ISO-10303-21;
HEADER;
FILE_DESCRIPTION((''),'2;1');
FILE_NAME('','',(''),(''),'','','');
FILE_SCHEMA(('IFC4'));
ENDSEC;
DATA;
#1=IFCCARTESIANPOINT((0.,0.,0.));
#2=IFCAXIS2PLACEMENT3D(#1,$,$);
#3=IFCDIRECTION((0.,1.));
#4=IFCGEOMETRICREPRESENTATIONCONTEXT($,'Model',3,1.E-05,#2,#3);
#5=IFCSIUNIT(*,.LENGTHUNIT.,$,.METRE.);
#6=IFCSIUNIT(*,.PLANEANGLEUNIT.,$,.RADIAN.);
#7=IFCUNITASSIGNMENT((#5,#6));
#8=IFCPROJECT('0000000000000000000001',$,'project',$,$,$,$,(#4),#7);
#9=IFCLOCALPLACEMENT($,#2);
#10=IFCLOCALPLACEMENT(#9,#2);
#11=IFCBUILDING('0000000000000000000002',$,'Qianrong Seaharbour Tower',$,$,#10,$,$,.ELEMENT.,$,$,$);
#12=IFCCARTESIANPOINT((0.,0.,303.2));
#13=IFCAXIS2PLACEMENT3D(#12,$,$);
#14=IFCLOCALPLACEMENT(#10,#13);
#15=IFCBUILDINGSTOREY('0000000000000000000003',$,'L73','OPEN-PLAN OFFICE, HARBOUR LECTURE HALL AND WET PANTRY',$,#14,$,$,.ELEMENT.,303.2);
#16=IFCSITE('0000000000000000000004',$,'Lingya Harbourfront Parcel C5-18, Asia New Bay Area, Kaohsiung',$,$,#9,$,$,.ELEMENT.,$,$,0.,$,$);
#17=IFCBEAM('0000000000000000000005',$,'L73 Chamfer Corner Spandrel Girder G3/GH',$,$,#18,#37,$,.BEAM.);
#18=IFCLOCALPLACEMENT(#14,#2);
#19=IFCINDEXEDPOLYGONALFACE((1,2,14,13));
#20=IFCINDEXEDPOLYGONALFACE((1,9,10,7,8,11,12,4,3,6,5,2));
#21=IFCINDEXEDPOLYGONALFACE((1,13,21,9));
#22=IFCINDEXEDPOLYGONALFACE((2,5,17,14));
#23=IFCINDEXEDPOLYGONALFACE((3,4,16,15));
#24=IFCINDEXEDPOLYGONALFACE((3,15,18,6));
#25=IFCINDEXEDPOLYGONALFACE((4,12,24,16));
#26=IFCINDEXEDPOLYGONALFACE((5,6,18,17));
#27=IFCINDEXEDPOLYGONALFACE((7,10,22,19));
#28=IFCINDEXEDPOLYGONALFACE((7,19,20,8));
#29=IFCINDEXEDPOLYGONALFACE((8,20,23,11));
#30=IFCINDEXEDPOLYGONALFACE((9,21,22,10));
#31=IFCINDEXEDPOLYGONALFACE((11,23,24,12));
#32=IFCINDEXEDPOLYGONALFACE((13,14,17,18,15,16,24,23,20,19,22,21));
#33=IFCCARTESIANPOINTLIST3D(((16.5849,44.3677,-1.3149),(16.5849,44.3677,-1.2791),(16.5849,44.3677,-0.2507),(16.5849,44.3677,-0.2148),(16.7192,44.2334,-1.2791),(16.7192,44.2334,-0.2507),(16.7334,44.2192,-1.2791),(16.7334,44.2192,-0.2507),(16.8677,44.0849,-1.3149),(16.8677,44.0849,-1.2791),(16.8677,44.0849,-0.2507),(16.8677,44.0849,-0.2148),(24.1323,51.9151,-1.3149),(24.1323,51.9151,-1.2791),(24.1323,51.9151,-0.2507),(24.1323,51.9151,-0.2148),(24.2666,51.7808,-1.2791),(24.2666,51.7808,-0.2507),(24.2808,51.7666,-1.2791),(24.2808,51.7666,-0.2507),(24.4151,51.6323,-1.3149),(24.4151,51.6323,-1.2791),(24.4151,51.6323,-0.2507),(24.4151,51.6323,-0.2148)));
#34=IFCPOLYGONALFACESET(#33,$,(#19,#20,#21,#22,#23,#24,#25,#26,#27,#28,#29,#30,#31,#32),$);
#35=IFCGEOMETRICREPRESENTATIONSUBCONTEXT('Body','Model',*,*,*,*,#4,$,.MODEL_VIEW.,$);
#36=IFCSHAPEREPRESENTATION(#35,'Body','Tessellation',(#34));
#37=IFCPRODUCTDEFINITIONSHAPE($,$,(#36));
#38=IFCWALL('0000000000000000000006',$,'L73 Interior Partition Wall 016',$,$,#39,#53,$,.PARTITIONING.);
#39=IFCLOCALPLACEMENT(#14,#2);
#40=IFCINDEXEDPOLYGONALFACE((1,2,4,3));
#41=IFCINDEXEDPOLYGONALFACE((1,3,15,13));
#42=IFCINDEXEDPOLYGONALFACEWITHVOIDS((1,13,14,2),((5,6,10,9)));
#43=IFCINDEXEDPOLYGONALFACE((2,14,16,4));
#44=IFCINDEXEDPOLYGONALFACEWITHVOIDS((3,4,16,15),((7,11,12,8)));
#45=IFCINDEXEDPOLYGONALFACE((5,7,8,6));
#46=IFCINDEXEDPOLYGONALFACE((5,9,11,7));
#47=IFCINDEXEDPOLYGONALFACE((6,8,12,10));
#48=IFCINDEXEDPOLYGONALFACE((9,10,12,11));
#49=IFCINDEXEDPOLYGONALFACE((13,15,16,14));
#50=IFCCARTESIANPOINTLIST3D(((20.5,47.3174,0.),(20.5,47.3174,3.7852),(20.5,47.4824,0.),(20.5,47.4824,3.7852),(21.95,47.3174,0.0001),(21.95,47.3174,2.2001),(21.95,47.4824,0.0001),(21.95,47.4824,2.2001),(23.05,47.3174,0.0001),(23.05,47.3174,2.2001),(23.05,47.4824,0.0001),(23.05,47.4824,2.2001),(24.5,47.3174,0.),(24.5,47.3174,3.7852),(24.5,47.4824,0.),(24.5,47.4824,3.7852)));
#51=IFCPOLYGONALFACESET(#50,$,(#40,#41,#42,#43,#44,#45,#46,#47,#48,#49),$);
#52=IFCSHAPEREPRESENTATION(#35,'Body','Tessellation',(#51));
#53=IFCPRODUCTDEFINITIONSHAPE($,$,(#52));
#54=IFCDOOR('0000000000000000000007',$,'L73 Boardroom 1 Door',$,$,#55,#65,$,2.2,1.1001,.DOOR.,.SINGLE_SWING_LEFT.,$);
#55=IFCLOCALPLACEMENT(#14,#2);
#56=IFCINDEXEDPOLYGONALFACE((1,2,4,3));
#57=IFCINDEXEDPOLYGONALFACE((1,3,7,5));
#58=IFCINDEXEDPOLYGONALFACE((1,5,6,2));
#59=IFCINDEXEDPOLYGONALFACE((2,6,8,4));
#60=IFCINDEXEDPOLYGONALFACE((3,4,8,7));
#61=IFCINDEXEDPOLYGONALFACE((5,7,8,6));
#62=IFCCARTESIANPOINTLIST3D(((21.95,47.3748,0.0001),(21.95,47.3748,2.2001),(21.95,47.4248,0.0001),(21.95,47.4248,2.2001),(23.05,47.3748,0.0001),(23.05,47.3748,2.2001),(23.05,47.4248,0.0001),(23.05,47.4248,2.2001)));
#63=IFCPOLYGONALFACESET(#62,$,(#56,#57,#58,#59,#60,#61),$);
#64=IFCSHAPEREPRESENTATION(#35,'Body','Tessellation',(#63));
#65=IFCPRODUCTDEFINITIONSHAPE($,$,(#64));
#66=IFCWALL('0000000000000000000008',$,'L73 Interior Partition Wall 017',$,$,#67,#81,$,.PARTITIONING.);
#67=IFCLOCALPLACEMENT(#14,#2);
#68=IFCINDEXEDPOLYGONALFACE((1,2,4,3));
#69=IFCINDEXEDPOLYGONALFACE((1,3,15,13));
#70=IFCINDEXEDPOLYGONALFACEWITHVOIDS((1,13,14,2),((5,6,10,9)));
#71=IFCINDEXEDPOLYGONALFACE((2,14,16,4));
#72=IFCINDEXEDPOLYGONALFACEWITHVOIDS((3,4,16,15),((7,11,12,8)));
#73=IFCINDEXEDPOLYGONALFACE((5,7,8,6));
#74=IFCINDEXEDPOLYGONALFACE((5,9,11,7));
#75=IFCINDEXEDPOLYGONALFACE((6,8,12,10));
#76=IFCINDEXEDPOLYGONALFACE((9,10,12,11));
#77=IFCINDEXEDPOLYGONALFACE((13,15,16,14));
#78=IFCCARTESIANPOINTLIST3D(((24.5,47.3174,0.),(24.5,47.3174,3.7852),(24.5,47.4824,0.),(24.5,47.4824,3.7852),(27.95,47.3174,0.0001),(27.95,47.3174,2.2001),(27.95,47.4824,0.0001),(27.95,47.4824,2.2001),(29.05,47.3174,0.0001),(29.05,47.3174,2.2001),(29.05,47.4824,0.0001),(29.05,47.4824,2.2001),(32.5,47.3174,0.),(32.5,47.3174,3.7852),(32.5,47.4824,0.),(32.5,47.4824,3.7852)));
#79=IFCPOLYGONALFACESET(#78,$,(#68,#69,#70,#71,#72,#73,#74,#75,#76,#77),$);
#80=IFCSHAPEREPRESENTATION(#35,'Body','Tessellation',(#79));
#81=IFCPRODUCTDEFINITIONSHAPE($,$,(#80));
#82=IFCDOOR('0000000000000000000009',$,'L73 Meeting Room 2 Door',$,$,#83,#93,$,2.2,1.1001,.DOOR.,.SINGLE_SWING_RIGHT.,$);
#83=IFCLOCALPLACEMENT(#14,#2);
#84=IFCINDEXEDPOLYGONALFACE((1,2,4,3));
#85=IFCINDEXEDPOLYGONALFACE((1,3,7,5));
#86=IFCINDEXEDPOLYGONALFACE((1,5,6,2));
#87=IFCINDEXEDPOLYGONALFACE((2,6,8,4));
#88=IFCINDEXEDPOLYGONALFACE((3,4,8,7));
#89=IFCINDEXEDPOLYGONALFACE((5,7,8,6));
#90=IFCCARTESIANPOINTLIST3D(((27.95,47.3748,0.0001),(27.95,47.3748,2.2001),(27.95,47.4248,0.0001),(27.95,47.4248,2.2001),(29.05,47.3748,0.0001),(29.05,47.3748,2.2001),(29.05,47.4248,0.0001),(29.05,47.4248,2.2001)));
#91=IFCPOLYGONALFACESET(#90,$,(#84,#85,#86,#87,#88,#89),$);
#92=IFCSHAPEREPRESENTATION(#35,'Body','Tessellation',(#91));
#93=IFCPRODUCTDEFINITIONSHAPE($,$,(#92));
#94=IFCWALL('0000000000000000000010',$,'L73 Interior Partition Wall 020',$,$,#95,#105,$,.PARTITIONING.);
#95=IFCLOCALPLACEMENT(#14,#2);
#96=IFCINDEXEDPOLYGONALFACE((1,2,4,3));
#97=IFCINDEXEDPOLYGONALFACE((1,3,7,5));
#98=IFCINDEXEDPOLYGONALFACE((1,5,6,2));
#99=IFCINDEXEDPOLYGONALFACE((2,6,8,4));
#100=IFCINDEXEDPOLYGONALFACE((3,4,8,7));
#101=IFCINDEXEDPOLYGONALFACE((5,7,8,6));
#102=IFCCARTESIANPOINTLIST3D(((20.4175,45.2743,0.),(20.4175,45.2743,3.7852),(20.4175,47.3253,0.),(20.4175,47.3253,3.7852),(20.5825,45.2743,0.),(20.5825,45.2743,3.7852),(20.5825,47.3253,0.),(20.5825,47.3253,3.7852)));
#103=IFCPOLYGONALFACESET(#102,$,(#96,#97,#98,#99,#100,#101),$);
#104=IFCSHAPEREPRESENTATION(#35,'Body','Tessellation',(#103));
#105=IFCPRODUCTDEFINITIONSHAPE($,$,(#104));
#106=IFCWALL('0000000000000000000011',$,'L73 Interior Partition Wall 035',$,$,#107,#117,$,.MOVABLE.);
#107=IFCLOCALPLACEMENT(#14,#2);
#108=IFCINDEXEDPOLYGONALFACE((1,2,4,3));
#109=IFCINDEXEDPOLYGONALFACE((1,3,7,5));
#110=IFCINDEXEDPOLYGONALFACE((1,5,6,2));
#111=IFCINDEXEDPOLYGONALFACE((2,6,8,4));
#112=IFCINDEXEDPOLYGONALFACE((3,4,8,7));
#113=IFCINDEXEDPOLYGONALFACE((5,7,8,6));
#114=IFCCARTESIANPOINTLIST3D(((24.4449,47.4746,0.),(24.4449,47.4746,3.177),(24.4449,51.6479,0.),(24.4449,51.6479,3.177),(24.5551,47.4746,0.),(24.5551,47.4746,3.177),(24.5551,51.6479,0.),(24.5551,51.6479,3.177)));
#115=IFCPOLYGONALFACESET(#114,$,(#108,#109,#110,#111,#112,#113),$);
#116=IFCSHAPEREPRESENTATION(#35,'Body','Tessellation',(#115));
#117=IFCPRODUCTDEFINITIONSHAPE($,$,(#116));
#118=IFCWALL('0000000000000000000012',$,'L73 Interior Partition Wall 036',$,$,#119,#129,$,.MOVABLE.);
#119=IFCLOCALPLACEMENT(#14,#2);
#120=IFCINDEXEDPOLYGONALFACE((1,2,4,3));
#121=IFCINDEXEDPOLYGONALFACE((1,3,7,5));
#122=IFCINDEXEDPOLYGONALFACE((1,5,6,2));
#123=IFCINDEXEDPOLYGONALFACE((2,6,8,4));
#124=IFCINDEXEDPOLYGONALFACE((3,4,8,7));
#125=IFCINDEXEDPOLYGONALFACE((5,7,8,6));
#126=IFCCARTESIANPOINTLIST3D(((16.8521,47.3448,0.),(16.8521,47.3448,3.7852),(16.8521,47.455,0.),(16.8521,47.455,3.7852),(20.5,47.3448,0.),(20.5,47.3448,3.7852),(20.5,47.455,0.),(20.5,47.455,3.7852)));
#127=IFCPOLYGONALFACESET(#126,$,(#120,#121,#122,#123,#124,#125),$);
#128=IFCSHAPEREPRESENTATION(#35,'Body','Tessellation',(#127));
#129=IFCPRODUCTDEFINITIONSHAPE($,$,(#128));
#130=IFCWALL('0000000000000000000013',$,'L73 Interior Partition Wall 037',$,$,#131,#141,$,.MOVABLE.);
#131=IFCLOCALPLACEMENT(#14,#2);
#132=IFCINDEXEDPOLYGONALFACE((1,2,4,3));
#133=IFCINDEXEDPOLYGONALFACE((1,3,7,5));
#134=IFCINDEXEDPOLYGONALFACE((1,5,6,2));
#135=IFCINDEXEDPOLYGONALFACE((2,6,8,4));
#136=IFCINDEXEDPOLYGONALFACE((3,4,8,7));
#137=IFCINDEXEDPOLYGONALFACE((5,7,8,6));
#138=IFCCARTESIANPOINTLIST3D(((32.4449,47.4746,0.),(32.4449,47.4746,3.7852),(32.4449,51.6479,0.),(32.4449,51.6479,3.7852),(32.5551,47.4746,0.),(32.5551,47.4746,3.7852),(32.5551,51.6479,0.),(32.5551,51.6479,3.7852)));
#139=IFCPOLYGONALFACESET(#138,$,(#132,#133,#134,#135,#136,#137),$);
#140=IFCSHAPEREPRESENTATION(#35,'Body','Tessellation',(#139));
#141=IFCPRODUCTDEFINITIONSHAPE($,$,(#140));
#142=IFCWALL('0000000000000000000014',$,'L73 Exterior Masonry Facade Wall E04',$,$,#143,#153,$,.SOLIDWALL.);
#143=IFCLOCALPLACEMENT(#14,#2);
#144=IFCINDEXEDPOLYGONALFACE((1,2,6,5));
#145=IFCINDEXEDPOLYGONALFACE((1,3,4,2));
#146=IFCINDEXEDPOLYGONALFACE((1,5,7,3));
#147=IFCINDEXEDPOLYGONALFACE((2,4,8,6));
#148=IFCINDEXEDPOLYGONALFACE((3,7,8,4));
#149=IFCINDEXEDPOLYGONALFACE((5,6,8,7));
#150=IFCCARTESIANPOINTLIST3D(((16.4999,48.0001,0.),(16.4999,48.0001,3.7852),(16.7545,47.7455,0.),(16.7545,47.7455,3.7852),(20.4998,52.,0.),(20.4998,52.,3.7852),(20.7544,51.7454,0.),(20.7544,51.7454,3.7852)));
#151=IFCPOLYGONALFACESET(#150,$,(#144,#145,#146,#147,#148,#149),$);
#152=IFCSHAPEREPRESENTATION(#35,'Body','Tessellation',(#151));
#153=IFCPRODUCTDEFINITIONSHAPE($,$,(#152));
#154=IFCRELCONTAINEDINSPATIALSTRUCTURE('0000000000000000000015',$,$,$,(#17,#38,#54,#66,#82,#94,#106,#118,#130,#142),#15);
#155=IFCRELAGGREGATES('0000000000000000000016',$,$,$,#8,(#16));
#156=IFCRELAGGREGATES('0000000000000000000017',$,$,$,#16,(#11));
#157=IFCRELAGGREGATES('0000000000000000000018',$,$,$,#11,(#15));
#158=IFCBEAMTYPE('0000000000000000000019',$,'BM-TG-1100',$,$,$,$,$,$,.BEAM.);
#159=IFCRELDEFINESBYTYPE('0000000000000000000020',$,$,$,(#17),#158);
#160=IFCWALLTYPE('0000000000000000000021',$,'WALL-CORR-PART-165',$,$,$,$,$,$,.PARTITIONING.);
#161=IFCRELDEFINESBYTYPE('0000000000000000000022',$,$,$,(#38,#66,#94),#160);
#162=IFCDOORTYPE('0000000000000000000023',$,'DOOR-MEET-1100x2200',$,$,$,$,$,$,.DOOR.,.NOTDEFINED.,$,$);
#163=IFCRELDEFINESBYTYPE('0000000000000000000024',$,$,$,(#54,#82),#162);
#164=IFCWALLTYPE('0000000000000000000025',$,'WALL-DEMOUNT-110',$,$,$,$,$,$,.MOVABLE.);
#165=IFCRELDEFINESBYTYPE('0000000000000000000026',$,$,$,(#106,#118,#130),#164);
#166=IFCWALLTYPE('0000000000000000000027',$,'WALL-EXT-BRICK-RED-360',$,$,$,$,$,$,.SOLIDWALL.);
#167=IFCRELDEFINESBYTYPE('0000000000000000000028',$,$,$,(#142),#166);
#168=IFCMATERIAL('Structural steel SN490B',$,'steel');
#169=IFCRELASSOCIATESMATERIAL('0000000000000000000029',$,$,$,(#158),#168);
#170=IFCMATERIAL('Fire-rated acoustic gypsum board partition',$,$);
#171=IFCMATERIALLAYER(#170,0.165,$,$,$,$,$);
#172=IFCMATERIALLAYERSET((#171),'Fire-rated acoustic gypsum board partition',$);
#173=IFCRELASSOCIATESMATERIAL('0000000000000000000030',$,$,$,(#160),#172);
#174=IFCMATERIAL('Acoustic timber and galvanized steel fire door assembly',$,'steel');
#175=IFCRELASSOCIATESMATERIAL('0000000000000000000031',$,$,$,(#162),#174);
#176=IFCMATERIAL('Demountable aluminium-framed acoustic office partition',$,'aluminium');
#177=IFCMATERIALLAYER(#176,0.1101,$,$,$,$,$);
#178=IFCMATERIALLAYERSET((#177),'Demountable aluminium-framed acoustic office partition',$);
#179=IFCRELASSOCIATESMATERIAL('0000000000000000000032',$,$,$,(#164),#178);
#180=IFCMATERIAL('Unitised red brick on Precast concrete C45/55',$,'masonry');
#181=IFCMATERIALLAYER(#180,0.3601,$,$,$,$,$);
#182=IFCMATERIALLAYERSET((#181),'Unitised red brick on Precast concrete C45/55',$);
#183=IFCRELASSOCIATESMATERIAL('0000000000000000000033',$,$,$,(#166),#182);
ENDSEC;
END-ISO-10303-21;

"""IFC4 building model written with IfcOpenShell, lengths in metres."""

from ifc_helpers import new_model, si_unit, direction, frame, frame_2d, origin, origin_2d, place, context, subcontext, project, spatial, rectangle, i_section, extrude, material, layer, layer_set, material_profile, profile_set, type_object, element, fill, save


model = new_model("IFC4")

# Units and contexts
model_context = context("Model", 3, precision=1e-05, world=origin(), true_north=direction((0.0, 1.0)))
body_context = subcontext(model_context, "Body", "Model", "MODEL_VIEW")
ifc_project = project(units=[si_unit("LENGTHUNIT", "METRE"), si_unit("PLANEANGLEUNIT", "RADIAN")], contexts=[model_context])

# Site, building, storey
site_placement = place(None, origin())
site = spatial("IfcSite", under=ifc_project, at=site_placement, Name="Lingya Harbourfront Parcel C5-18, Asia New Bay Area, Kaohsiung", CompositionType="ELEMENT", RefElevation=0.0)
building_placement = place(site_placement, origin())
building = spatial("IfcBuilding", under=site, at=building_placement, Name="Qianrong Seaharbour Tower", CompositionType="ELEMENT")
storey_placement = place(building_placement, frame((0.0, 0.0, 303.2)))
storey = spatial("IfcBuildingStorey", under=building, at=storey_placement, Name="L73", Description="OPEN-PLAN OFFICE, HARBOUR LECTURE HALL AND WET PANTRY", CompositionType="ELEMENT", Elevation=303.2)

# Shared definitions
ifc_material_1 = material(Name="Structural steel SN490B", Category="steel")

# Beam
ifc_material_profile_1 = material_profile(ifc_material_1, i_section(OverallWidth=0.3999, OverallDepth=1.1001, WebThickness=0.02, FlangeThickness=0.0359, at=origin_2d()), Name="BH1100x400x20x36")
ifc_profile_set_1 = profile_set([ifc_material_profile_1], Name="Structural steel SN490B")
beam_type_1 = type_object("IfcBeamType", Name="BM-TG-1100", PredefinedType="BEAM", material=ifc_profile_set_1)
beam_1_placement = place(storey_placement, frame((24.2737, 51.7737, -0.7649), z_axis=(-0.707107, -0.707107, 0.0), x_axis=(0.707107, -0.707107, 0.0)))
element("IfcBeam", 1, at=beam_1_placement, inside=storey, type_object=beam_type_1, Name="L73 Chamfer Corner Spandrel Girder G3/GH", PredefinedType="BEAM", context=body_context, shape_type="SweptSolid", body=[
    extrude(i_section(OverallWidth=0.3999, OverallDepth=1.1001, WebThickness=0.02, FlangeThickness=0.0359, at=origin_2d()), origin(), (0.0, 0.0, 1.0), 10.6736),
])

# Walls, openings, doors
ifc_material_2 = material(Name="Fire-rated acoustic gypsum board partition")
ifc_layer_1 = layer(ifc_material_2, 0.165)
ifc_layer_set_1 = layer_set([ifc_layer_1], Name="Fire-rated acoustic gypsum board partition")
wall_type_1 = type_object("IfcWallType", Name="WALL-CORR-PART-165", PredefinedType="PARTITIONING", material=ifc_layer_set_1)
wall_1_placement = place(storey_placement, frame((20.5, 47.3999, 0.0), z_axis=(0.0, 0.0, 1.0), x_axis=(1.0, 0.0, 0.0)))
wall_1 = element("IfcWall", 2, at=wall_1_placement, inside=storey, type_object=wall_type_1, Name="L73 Interior Partition Wall 016", PredefinedType="PARTITIONING", context=body_context, shape_type="SweptSolid", body=[
    extrude(rectangle(XDim=4.0, YDim=0.165, at=frame_2d((2.0, 0.0))), origin(), (0.0, 0.0, 1.0), 3.7852),
])
opening_1_placement = place(wall_1_placement, frame((1.45, 0.0, 0.0)))
opening_1 = element("IfcOpeningElement", 3, at=opening_1_placement, cuts=wall_1, PredefinedType="OPENING", context=body_context, shape_type="SweptSolid", body=[
    extrude(rectangle(XDim=1.1001, YDim=2.2, at=frame_2d((0.55, 1.1001))), frame((0.0, 0.0925, 0.0), z_axis=(0.0, -1.0, 0.0), x_axis=(1.0, 0.0, 0.0)), (0.0, 0.0, 1.0), 0.1851),
])
ifc_material_3 = material(Name="Acoustic timber and galvanized steel fire door assembly", Category="steel")
door_type_1 = type_object("IfcDoorType", Name="DOOR-MEET-1100x2200", OperationType="NOTDEFINED", PredefinedType="DOOR", material=ifc_material_3)
door_1_placement = place(opening_1_placement, origin())
door_1 = element("IfcDoor", 4, at=door_1_placement, inside=storey, type_object=door_type_1, Name="L73 Boardroom 1 Door", OperationType="SINGLE_SWING_LEFT", OverallHeight=2.2, OverallWidth=1.1001, PredefinedType="DOOR", context=body_context, shape_type="SweptSolid", body=[
    extrude(rectangle(XDim=1.1001, YDim=2.2, at=frame_2d((0.55, 1.1001))), frame((0.0, 0.0249, 0.0), z_axis=(0.0, -1.0, 0.0), x_axis=(1.0, 0.0, 0.0)), (0.0, 0.0, 1.0), 0.05),
])
fill(opening_1, door_1)
wall_2_placement = place(storey_placement, frame((24.5, 47.3999, 0.0), z_axis=(0.0, 0.0, 1.0), x_axis=(1.0, 0.0, 0.0)))
wall_2 = element("IfcWall", 5, at=wall_2_placement, inside=storey, type_object=wall_type_1, Name="L73 Interior Partition Wall 017", PredefinedType="PARTITIONING", context=body_context, shape_type="SweptSolid", body=[
    extrude(rectangle(XDim=8.0, YDim=0.165, at=frame_2d((4.0, 0.0))), origin(), (0.0, 0.0, 1.0), 3.7852),
])
opening_2_placement = place(wall_2_placement, frame((3.45, 0.0, 0.0)))
opening_2 = element("IfcOpeningElement", 6, at=opening_2_placement, cuts=wall_2, PredefinedType="OPENING", context=body_context, shape_type="SweptSolid", body=[
    extrude(rectangle(XDim=1.1001, YDim=2.2, at=frame_2d((0.55, 1.1001))), frame((0.0, 0.0925, 0.0), z_axis=(0.0, -1.0, 0.0), x_axis=(1.0, 0.0, 0.0)), (0.0, 0.0, 1.0), 0.1851),
])
door_2_placement = place(opening_2_placement, origin())
door_2 = element("IfcDoor", 7, at=door_2_placement, inside=storey, type_object=door_type_1, Name="L73 Meeting Room 2 Door", OperationType="SINGLE_SWING_RIGHT", OverallHeight=2.2, OverallWidth=1.1001, PredefinedType="DOOR", context=body_context, shape_type="SweptSolid", body=[
    extrude(rectangle(XDim=1.1001, YDim=2.2, at=frame_2d((0.55, 1.1001))), frame((0.0, 0.0249, 0.0), z_axis=(0.0, -1.0, 0.0), x_axis=(1.0, 0.0, 0.0)), (0.0, 0.0, 1.0), 0.05),
])
fill(opening_2, door_2)

# Walls
wall_3_placement = place(storey_placement, frame((20.5, 45.2744, 0.0), z_axis=(0.0, 0.0, 1.0), x_axis=(0.0, 1.0, 0.0)))
element("IfcWall", 8, at=wall_3_placement, inside=storey, type_object=wall_type_1, Name="L73 Interior Partition Wall 020", PredefinedType="PARTITIONING", context=body_context, shape_type="SweptSolid", body=[
    extrude(rectangle(XDim=2.051, YDim=0.165, at=frame_2d((1.0254, 0.0))), origin(), (0.0, 0.0, 1.0), 3.7852),
])
ifc_material_4 = material(Name="Demountable aluminium-framed acoustic office partition", Category="aluminium")
ifc_layer_2 = layer(ifc_material_4, 0.1101)
ifc_layer_set_2 = layer_set([ifc_layer_2], Name="Demountable aluminium-framed acoustic office partition")
wall_type_2 = type_object("IfcWallType", Name="WALL-DEMOUNT-110", PredefinedType="MOVABLE", material=ifc_layer_set_2)
wall_4_placement = place(storey_placement, frame((24.5, 51.6479, 0.0), z_axis=(0.0, 0.0, 1.0), x_axis=(0.0, -1.0, 0.0)))
element("IfcWall", 9, at=wall_4_placement, inside=storey, type_object=wall_type_2, Name="L73 Interior Partition Wall 035", PredefinedType="MOVABLE", context=body_context, shape_type="SweptSolid", body=[
    extrude(rectangle(XDim=4.1733, YDim=0.1101, at=frame_2d((2.0867, 0.0))), origin(), (0.0, 0.0, 1.0), 3.177),
])
wall_5_placement = place(storey_placement, frame((20.5, 47.3999, 0.0), z_axis=(0.0, 0.0, 1.0), x_axis=(-1.0, 0.0, 0.0)))
element("IfcWall", 10, at=wall_5_placement, inside=storey, type_object=wall_type_2, Name="L73 Interior Partition Wall 036", PredefinedType="MOVABLE", context=body_context, shape_type="SweptSolid", body=[
    extrude(rectangle(XDim=3.6479, YDim=0.1101, at=frame_2d((1.824, 0.0))), origin(), (0.0, 0.0, 1.0), 3.7852),
])
wall_6_placement = place(storey_placement, frame((32.5, 51.6479, 0.0), z_axis=(0.0, 0.0, 1.0), x_axis=(0.0, -1.0, 0.0)))
element("IfcWall", 11, at=wall_6_placement, inside=storey, type_object=wall_type_2, Name="L73 Interior Partition Wall 037", PredefinedType="MOVABLE", context=body_context, shape_type="SweptSolid", body=[
    extrude(rectangle(XDim=4.1733, YDim=0.1101, at=frame_2d((2.0867, 0.0))), origin(), (0.0, 0.0, 1.0), 3.7852),
])
ifc_material_5 = material(Name="Unitised red brick on Precast concrete C45/55", Category="masonry")
ifc_layer_3 = layer(ifc_material_5, 0.3601)
ifc_layer_set_3 = layer_set([ifc_layer_3], Name="Unitised red brick on Precast concrete C45/55")
wall_type_3 = type_object("IfcWallType", Name="WALL-EXT-BRICK-RED-360", PredefinedType="SOLIDWALL", material=ifc_layer_set_3)
wall_7_placement = place(storey_placement, frame((16.6272, 47.8728, 0.0), z_axis=(0.0, 0.0, 1.0), x_axis=(0.707107, 0.707107, 0.0)))
element("IfcWall", 12, at=wall_7_placement, inside=storey, type_object=wall_type_3, Name="L73 Exterior Masonry Facade Wall E04", PredefinedType="SOLIDWALL", context=body_context, shape_type="SweptSolid", body=[
    extrude(rectangle(XDim=5.6567, YDim=0.3601, at=frame_2d((2.8284, 0.0))), origin(), (0.0, 0.0, 1.0), 3.7852),
])

save(model, "model.ifc")
